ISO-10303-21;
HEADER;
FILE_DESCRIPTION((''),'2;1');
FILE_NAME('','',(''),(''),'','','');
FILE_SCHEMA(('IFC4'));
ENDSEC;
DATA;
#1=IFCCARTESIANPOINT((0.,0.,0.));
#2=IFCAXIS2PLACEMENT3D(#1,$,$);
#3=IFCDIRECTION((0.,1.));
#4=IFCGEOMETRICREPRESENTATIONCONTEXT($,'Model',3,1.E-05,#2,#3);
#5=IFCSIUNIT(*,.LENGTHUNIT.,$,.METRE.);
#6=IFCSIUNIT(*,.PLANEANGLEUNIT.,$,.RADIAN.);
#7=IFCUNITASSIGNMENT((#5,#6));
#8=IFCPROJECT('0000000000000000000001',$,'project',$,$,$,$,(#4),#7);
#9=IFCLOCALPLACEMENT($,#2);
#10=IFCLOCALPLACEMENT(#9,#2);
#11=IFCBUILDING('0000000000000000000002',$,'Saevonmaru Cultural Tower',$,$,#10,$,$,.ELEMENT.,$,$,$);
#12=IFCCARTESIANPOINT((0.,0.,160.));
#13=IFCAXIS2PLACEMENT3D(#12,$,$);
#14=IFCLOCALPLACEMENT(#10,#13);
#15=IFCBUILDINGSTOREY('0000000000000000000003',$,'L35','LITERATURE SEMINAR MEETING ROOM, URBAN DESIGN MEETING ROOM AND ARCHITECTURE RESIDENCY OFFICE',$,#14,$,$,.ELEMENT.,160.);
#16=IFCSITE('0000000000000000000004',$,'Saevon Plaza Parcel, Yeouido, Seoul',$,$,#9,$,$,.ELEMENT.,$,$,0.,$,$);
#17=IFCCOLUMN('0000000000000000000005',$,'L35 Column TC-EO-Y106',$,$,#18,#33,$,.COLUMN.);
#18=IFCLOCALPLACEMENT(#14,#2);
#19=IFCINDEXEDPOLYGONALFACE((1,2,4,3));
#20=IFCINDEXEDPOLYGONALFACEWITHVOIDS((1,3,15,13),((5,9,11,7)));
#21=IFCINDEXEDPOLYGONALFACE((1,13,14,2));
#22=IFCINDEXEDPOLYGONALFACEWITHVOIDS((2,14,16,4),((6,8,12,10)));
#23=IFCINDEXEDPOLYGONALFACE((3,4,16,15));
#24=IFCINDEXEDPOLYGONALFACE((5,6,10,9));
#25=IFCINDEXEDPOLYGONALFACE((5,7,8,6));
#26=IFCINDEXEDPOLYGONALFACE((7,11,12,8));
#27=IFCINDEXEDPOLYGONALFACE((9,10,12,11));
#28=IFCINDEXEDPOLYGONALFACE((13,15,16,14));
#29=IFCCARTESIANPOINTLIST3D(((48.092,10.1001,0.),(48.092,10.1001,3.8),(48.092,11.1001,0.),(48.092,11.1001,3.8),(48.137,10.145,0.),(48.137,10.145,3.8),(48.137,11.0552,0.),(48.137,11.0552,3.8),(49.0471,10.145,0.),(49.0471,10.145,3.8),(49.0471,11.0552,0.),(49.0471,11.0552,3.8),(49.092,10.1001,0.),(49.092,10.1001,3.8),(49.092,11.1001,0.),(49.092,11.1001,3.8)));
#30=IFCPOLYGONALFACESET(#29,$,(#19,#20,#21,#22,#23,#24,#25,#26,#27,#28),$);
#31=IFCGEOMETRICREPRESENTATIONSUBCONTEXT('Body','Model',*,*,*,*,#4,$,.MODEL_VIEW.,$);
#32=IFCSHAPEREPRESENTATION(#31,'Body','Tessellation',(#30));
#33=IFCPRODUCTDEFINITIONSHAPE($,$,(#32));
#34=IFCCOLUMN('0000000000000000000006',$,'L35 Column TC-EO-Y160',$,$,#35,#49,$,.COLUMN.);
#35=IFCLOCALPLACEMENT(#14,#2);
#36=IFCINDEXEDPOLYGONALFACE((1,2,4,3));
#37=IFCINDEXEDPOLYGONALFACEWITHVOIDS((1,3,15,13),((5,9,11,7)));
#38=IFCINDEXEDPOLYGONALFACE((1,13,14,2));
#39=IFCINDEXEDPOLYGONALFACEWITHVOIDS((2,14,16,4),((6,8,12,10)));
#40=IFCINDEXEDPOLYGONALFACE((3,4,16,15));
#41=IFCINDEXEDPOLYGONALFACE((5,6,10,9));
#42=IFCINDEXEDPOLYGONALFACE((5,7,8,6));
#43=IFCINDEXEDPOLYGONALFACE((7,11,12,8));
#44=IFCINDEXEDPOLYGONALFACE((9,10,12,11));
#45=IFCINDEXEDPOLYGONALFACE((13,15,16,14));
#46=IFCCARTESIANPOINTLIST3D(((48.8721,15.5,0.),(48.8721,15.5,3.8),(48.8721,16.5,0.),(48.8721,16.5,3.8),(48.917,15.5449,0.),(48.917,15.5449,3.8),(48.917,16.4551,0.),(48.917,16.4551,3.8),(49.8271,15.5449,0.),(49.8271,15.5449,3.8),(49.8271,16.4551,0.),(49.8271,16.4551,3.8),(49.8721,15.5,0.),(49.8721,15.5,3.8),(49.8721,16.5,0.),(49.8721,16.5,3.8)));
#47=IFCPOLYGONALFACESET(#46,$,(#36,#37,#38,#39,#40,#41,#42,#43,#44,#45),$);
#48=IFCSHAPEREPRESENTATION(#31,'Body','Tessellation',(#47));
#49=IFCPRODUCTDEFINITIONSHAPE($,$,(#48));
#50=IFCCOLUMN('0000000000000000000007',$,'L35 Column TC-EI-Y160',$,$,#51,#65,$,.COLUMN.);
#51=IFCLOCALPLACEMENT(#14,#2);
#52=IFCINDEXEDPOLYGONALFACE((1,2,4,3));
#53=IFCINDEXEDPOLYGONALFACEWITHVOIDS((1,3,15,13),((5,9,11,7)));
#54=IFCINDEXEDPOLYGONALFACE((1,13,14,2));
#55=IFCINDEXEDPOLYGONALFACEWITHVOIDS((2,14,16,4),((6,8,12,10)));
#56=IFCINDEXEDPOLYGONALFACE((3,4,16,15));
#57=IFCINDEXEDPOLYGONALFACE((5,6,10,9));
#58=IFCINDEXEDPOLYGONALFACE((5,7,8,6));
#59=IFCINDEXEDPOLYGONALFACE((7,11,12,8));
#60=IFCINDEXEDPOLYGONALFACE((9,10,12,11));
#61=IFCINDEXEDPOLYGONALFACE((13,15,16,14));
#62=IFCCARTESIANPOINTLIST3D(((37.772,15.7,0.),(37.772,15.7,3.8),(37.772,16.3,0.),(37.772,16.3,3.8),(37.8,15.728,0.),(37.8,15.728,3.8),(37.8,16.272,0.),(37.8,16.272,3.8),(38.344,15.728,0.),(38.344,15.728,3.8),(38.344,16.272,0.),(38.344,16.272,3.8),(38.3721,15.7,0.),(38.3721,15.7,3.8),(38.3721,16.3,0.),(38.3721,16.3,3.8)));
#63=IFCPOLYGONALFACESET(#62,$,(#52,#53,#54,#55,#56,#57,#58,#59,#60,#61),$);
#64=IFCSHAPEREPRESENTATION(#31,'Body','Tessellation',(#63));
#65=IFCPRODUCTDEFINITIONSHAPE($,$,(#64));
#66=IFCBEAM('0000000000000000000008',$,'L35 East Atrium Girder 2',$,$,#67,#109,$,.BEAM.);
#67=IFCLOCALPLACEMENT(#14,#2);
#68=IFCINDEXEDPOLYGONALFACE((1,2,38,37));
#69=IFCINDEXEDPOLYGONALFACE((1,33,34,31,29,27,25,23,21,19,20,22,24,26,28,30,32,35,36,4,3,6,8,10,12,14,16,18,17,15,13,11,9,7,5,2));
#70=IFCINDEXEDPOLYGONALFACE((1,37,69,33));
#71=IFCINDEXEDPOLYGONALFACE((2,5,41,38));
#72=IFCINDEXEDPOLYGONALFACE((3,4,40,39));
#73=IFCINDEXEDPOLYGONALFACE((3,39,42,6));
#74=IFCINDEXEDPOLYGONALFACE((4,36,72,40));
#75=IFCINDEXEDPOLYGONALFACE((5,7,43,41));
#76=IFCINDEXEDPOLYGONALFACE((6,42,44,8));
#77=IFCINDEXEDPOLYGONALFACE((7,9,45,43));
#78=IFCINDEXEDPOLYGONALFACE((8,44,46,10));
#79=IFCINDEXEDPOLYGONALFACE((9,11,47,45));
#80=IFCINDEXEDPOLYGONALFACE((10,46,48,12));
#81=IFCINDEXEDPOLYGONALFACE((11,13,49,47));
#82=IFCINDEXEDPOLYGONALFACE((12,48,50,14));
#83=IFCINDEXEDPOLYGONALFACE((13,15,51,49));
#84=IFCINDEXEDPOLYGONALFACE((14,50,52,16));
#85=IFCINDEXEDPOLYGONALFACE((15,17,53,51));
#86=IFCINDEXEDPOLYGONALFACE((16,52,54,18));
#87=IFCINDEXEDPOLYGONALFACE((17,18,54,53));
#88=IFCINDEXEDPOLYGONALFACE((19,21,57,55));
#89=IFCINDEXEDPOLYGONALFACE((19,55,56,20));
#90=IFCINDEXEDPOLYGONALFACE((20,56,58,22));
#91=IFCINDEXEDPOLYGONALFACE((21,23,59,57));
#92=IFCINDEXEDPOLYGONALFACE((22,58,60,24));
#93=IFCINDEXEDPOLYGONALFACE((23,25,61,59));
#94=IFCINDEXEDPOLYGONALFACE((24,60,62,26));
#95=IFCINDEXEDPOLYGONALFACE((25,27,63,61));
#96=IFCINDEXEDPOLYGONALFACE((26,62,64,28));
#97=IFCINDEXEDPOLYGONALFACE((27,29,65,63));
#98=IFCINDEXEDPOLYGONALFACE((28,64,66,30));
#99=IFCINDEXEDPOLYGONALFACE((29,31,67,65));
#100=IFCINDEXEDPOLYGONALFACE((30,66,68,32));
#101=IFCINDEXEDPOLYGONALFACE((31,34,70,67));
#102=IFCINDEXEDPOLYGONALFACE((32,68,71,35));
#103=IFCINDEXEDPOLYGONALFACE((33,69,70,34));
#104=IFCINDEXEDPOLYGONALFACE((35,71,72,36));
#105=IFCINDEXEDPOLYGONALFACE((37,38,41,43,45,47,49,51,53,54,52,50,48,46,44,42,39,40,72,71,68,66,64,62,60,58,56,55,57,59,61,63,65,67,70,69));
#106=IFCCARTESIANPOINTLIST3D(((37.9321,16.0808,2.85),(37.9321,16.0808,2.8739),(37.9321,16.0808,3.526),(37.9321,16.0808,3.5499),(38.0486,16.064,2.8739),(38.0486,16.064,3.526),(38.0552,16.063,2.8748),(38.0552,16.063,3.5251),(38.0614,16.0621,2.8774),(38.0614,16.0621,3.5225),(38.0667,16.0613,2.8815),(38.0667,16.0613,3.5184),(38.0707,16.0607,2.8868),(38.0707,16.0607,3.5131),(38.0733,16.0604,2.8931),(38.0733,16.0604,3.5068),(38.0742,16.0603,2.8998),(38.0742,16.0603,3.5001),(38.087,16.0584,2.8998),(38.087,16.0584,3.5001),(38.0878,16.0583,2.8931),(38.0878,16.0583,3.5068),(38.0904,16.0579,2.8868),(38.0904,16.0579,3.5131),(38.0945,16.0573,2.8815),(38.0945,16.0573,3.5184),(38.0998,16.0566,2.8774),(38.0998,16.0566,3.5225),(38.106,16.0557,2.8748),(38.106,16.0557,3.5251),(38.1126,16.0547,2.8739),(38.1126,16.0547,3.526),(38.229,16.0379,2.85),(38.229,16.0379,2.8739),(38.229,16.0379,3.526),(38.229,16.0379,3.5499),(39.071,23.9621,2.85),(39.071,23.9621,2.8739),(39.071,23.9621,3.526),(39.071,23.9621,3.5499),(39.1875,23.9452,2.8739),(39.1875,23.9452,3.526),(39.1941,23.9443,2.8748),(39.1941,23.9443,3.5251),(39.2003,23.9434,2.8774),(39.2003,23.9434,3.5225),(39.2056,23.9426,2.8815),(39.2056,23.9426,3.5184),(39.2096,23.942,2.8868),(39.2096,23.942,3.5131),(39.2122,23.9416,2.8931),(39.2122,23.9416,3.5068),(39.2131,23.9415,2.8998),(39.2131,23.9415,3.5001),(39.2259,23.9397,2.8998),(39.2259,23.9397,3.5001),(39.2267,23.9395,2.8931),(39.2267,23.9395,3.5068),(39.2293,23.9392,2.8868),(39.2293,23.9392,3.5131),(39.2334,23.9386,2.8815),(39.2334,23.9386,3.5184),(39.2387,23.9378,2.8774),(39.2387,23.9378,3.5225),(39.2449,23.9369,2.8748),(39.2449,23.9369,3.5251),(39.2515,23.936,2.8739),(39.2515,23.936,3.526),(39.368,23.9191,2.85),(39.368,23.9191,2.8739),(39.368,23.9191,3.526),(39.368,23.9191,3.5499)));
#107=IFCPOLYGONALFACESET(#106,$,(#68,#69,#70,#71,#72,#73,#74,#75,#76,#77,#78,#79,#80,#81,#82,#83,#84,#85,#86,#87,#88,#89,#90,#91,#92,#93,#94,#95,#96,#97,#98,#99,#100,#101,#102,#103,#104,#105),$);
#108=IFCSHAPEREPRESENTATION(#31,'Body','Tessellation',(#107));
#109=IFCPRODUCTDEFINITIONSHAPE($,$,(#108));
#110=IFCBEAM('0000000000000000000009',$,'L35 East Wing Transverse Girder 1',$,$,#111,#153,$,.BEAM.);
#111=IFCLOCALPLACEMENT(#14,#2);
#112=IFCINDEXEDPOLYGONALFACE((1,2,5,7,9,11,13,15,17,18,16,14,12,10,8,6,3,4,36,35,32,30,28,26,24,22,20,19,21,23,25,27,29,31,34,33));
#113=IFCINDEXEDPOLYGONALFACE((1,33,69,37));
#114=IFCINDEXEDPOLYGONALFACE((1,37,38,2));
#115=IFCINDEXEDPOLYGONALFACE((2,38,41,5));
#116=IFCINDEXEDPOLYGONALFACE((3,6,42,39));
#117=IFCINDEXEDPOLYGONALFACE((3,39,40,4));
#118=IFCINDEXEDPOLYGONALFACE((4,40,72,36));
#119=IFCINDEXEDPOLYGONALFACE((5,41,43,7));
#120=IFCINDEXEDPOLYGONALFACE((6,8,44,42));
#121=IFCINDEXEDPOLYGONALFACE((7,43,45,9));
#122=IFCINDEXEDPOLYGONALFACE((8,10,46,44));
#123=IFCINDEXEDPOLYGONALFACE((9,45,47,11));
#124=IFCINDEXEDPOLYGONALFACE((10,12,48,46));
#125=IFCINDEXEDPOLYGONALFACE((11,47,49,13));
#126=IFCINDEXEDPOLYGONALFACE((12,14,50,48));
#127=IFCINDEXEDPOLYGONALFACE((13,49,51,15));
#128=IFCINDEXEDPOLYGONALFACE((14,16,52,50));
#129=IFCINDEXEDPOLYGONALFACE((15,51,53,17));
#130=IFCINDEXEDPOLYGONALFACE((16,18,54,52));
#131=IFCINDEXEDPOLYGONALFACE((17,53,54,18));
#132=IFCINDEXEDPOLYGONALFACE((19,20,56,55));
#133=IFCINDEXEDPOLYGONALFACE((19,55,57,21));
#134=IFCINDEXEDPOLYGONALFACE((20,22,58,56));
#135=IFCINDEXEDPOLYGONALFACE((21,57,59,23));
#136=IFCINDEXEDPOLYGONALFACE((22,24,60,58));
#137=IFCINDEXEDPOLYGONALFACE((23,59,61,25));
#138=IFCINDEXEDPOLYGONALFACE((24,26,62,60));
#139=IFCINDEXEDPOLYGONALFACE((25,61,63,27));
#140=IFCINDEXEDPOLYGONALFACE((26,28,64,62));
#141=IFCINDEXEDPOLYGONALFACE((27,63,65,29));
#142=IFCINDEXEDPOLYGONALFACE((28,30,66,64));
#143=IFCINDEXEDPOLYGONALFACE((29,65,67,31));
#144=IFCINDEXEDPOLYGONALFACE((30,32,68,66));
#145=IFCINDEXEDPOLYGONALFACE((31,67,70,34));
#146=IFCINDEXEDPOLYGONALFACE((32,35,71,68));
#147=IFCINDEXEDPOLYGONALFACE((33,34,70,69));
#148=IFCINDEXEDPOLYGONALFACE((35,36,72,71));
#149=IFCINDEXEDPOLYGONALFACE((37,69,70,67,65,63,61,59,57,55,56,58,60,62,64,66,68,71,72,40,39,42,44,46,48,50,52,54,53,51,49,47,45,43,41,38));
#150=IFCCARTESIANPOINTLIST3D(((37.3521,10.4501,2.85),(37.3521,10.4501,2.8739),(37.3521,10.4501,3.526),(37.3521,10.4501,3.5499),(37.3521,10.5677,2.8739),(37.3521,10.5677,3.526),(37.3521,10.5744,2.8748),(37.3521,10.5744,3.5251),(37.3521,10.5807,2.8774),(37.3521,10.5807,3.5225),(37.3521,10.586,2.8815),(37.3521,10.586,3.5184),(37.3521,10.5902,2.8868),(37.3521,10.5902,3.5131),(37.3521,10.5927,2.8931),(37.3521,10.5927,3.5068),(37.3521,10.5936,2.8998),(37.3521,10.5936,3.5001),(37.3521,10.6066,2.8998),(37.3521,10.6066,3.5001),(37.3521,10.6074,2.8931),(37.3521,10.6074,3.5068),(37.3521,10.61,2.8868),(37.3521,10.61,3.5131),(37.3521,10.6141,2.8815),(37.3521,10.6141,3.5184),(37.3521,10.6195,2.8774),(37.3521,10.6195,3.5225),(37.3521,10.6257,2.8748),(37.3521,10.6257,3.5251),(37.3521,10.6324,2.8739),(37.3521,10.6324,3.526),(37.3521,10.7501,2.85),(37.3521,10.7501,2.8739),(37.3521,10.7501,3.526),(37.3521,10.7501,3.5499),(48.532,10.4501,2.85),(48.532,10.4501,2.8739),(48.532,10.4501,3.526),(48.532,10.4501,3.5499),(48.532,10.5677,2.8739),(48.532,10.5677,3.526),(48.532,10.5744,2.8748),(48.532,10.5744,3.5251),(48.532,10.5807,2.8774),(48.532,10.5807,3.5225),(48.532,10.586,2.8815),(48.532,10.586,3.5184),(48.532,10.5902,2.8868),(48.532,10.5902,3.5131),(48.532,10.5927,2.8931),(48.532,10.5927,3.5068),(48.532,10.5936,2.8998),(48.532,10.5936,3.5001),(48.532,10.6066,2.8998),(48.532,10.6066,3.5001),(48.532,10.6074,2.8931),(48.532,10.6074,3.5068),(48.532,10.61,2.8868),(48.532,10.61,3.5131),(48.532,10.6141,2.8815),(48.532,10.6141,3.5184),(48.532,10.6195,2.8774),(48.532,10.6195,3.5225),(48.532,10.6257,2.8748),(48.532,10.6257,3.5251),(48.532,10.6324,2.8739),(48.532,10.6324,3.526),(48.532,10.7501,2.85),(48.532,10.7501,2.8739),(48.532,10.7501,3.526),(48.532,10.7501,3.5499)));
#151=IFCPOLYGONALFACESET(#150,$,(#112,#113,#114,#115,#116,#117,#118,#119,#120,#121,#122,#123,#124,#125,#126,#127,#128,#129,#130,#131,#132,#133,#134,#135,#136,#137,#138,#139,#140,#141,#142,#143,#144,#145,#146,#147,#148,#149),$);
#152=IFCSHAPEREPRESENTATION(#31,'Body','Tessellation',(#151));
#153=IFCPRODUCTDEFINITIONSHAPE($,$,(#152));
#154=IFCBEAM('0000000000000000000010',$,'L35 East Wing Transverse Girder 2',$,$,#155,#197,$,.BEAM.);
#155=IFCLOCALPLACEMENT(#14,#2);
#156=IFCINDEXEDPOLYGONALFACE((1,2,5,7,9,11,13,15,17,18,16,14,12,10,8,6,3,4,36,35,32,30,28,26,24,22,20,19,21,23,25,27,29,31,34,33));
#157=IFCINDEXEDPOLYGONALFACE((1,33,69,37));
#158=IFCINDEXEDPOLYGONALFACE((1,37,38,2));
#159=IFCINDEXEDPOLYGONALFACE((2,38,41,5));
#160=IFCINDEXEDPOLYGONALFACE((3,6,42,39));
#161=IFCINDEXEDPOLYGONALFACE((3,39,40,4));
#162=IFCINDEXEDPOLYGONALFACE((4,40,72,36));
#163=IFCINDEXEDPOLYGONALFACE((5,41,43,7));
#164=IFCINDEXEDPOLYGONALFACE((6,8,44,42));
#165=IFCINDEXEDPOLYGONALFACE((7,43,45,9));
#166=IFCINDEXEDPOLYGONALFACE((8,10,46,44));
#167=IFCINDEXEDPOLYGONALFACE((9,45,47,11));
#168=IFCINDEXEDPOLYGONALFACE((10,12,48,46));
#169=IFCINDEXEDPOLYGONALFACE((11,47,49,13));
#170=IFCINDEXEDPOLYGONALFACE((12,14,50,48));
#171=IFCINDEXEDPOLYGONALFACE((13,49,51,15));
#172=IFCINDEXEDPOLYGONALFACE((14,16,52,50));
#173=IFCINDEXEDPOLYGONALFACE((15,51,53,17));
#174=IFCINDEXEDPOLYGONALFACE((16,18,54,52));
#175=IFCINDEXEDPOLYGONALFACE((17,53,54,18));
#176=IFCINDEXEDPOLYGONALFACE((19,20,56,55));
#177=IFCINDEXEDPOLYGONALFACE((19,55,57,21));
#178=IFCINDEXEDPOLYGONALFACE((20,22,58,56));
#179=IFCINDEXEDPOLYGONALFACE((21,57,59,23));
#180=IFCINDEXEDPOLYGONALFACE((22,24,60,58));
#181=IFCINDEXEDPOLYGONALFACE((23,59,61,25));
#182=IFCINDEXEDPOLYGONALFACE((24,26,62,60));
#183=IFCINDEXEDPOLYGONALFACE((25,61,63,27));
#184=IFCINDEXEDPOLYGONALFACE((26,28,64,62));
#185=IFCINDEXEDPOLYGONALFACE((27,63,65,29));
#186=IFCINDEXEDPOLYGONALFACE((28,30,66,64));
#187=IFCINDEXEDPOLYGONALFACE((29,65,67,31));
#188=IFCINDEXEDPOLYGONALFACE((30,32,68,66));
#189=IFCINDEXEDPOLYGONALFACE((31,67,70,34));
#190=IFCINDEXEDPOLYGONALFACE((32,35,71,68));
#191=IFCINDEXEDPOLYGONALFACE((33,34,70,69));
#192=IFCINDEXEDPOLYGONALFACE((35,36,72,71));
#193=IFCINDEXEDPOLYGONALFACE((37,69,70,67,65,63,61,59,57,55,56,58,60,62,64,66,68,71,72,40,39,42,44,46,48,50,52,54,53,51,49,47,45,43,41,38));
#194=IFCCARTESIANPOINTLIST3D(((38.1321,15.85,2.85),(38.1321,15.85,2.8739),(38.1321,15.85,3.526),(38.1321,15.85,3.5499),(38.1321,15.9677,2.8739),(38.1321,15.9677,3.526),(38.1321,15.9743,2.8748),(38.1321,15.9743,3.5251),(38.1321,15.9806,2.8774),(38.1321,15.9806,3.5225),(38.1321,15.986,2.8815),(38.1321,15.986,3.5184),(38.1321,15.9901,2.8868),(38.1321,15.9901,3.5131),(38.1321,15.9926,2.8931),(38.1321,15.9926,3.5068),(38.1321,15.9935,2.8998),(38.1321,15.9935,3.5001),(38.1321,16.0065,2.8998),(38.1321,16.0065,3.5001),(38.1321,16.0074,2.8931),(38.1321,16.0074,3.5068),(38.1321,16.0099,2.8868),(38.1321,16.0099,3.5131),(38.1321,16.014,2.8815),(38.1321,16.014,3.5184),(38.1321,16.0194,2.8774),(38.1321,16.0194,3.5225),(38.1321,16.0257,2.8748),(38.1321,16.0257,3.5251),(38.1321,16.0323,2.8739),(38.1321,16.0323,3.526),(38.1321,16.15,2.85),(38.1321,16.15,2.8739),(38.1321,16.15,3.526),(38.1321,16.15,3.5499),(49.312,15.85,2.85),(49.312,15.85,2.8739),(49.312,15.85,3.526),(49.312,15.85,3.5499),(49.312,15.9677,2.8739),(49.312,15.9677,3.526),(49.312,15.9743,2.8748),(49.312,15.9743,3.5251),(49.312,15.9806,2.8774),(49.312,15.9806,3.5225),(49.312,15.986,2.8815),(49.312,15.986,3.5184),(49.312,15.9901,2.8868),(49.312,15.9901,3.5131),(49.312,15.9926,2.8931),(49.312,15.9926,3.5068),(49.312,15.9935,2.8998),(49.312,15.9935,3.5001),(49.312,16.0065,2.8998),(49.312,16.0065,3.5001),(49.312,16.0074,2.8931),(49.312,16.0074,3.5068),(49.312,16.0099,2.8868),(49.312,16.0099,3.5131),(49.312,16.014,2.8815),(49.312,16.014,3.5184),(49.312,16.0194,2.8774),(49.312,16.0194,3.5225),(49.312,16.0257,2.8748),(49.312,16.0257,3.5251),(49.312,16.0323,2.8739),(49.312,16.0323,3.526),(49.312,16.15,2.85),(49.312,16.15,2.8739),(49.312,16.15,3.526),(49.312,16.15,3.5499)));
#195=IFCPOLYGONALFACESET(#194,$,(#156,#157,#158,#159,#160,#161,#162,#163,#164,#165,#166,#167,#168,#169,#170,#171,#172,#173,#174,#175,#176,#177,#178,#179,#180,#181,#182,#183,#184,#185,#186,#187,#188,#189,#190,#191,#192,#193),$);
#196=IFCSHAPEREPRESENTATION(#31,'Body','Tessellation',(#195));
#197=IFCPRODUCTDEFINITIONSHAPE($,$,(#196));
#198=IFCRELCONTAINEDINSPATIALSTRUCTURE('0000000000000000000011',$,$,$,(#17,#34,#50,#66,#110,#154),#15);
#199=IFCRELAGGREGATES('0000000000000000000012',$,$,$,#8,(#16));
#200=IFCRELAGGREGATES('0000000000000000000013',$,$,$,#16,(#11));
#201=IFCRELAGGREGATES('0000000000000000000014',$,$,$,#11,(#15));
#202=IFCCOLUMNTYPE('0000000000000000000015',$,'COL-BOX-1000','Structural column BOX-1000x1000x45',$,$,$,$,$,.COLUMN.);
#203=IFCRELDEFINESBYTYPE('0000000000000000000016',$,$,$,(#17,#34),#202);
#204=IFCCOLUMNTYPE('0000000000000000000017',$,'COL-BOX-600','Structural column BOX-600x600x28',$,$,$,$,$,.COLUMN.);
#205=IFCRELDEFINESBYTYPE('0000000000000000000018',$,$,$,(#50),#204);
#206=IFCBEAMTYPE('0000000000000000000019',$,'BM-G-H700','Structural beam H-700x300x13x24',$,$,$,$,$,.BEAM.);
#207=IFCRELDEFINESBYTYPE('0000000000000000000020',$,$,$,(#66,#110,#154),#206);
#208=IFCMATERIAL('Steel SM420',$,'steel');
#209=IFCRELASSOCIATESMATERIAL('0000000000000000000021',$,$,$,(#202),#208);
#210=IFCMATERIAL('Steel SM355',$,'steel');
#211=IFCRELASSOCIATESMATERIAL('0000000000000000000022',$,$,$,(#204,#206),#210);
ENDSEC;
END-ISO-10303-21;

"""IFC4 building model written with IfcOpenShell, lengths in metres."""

from ifc_helpers import new_model, si_unit, direction, frame, origin, origin_2d, place, context, subcontext, project, spatial, hollow_rectangle, i_section, extrude, material, material_profile, profile_set, type_object, element, save


model = new_model("IFC4")

# Units and contexts
model_context = context("Model", 3, precision=1e-05, world=origin(), true_north=direction((0.0, 1.0)))
body_context = subcontext(model_context, "Body", "Model", "MODEL_VIEW")
ifc_project = project(units=[si_unit("LENGTHUNIT", "METRE"), si_unit("PLANEANGLEUNIT", "RADIAN")], contexts=[model_context])

# Site, building, storey
site_placement = place(None, origin())
site = spatial("IfcSite", under=ifc_project, at=site_placement, Name="Saevon Plaza Parcel, Yeouido, Seoul", CompositionType="ELEMENT", RefElevation=0.0)
building_placement = place(site_placement, origin())
building = spatial("IfcBuilding", under=site, at=building_placement, Name="Saevonmaru Cultural Tower", CompositionType="ELEMENT")
storey_placement = place(building_placement, frame((0.0, 0.0, 160.0)))
storey = spatial("IfcBuildingStorey", under=building, at=storey_placement, Name="L35", Description="LITERATURE SEMINAR MEETING ROOM, URBAN DESIGN MEETING ROOM AND ARCHITECTURE RESIDENCY OFFICE", CompositionType="ELEMENT", Elevation=160.0)

# Columns
ifc_material_1 = material(Name="Steel SM420", Category="steel")
ifc_material_profile_1 = material_profile(ifc_material_1, hollow_rectangle(XDim=1.0, YDim=1.0, WallThickness=0.0449, at=origin_2d()), Name="BOX-1000x1000x45")
ifc_profile_set_1 = profile_set([ifc_material_profile_1], Name="Steel SM420")
column_type_1 = type_object("IfcColumnType", Name="COL-BOX-1000", Description="Structural column BOX-1000x1000x45", PredefinedType="COLUMN", material=ifc_profile_set_1)
for number, where, z_axis, x_axis, name in (
    (1, (48.592, 10.6001, 0.0), (0.0, 0.0, 1.0), (1.0, 0.0, 0.0), "L35 Column TC-EO-Y106"),
    (2, (49.3721, 16.0, 0.0), (0.0, 0.0, 1.0), (1.0, 0.0, 0.0), "L35 Column TC-EO-Y160"),
):
    element("IfcColumn", number, at=place(storey_placement, frame(where, z_axis=z_axis, x_axis=x_axis)), inside=storey, type_object=column_type_1, Name=name, PredefinedType="COLUMN", context=body_context, shape_type="SweptSolid", body=[
        extrude(hollow_rectangle(XDim=1.0, YDim=1.0, WallThickness=0.0449, at=origin_2d()), origin(), (0.0, 0.0, 1.0), 3.8),
    ])
ifc_material_2 = material(Name="Steel SM355", Category="steel")
ifc_material_profile_2 = material_profile(ifc_material_2, hollow_rectangle(XDim=0.6001, YDim=0.6001, WallThickness=0.0281, at=origin_2d()), Name="BOX-600x600x28")
ifc_profile_set_2 = profile_set([ifc_material_profile_2], Name="Steel SM355")
column_type_2 = type_object("IfcColumnType", Name="COL-BOX-600", Description="Structural column BOX-600x600x28", PredefinedType="COLUMN", material=ifc_profile_set_2)
column_placement = place(storey_placement, frame((38.072, 16.0, 0.0), z_axis=(0.0, 0.0, 1.0), x_axis=(1.0, 0.0, 0.0)))
element("IfcColumn", 3, at=column_placement, inside=storey, type_object=column_type_2, Name="L35 Column TC-EI-Y160", PredefinedType="COLUMN", context=body_context, shape_type="SweptSolid", body=[
    extrude(hollow_rectangle(XDim=0.6001, YDim=0.6001, WallThickness=0.0281, at=origin_2d()), origin(), (0.0, 0.0, 1.0), 3.8),
])

# Beams
ifc_material_profile_3 = material_profile(ifc_material_2, i_section(OverallWidth=0.3, OverallDepth=0.7, WebThickness=0.0129, FlangeThickness=0.0239, FilletRadius=0.0259, at=origin_2d()), Name="H-700x300x13x24")
ifc_profile_set_3 = profile_set([ifc_material_profile_3], Name="Steel SM355")
beam_type_1 = type_object("IfcBeamType", Name="BM-G-H700", Description="Structural beam H-700x300x13x24", PredefinedType="BEAM", material=ifc_profile_set_3)
beam_1_placement = place(storey_placement, frame((38.0806, 16.0593, 3.2), z_axis=(0.143022, 0.989719, 0.0), x_axis=(-0.989719, 0.143022, 0.0)))
element("IfcBeam", 4, at=beam_1_placement, inside=storey, type_object=beam_type_1, Name="L35 East Atrium Girder 2", PredefinedType="BEAM", context=body_context, shape_type="SweptSolid", body=[
    extrude(i_section(OverallWidth=0.3, OverallDepth=0.7, WebThickness=0.0129, FlangeThickness=0.0239, FilletRadius=0.0259, at=origin_2d()), origin(), (0.0, 0.0, 1.0), 7.9631),
])
for number, where, z_axis, x_axis, name in (
    (5, (37.3521, 10.6001, 3.2), (1.0, 0.0, 0.0), (0.0, 1.0, 0.0), "L35 East Wing Transverse Girder 1"),
    (6, (38.1321, 16.0, 3.2), (1.0, 0.0, 0.0), (0.0, 1.0, 0.0), "L35 East Wing Transverse Girder 2"),
):
    element("IfcBeam", number, at=place(storey_placement, frame(where, z_axis=z_axis, x_axis=x_axis)), inside=storey, type_object=beam_type_1, Name=name, PredefinedType="BEAM", context=body_context, shape_type="SweptSolid", body=[
        extrude(i_section(OverallWidth=0.3, OverallDepth=0.7, WebThickness=0.0129, FlangeThickness=0.0239, FilletRadius=0.0259, at=origin_2d()), origin(), (0.0, 0.0, 1.0), 11.1799),
    ])

save(model, "model.ifc")
